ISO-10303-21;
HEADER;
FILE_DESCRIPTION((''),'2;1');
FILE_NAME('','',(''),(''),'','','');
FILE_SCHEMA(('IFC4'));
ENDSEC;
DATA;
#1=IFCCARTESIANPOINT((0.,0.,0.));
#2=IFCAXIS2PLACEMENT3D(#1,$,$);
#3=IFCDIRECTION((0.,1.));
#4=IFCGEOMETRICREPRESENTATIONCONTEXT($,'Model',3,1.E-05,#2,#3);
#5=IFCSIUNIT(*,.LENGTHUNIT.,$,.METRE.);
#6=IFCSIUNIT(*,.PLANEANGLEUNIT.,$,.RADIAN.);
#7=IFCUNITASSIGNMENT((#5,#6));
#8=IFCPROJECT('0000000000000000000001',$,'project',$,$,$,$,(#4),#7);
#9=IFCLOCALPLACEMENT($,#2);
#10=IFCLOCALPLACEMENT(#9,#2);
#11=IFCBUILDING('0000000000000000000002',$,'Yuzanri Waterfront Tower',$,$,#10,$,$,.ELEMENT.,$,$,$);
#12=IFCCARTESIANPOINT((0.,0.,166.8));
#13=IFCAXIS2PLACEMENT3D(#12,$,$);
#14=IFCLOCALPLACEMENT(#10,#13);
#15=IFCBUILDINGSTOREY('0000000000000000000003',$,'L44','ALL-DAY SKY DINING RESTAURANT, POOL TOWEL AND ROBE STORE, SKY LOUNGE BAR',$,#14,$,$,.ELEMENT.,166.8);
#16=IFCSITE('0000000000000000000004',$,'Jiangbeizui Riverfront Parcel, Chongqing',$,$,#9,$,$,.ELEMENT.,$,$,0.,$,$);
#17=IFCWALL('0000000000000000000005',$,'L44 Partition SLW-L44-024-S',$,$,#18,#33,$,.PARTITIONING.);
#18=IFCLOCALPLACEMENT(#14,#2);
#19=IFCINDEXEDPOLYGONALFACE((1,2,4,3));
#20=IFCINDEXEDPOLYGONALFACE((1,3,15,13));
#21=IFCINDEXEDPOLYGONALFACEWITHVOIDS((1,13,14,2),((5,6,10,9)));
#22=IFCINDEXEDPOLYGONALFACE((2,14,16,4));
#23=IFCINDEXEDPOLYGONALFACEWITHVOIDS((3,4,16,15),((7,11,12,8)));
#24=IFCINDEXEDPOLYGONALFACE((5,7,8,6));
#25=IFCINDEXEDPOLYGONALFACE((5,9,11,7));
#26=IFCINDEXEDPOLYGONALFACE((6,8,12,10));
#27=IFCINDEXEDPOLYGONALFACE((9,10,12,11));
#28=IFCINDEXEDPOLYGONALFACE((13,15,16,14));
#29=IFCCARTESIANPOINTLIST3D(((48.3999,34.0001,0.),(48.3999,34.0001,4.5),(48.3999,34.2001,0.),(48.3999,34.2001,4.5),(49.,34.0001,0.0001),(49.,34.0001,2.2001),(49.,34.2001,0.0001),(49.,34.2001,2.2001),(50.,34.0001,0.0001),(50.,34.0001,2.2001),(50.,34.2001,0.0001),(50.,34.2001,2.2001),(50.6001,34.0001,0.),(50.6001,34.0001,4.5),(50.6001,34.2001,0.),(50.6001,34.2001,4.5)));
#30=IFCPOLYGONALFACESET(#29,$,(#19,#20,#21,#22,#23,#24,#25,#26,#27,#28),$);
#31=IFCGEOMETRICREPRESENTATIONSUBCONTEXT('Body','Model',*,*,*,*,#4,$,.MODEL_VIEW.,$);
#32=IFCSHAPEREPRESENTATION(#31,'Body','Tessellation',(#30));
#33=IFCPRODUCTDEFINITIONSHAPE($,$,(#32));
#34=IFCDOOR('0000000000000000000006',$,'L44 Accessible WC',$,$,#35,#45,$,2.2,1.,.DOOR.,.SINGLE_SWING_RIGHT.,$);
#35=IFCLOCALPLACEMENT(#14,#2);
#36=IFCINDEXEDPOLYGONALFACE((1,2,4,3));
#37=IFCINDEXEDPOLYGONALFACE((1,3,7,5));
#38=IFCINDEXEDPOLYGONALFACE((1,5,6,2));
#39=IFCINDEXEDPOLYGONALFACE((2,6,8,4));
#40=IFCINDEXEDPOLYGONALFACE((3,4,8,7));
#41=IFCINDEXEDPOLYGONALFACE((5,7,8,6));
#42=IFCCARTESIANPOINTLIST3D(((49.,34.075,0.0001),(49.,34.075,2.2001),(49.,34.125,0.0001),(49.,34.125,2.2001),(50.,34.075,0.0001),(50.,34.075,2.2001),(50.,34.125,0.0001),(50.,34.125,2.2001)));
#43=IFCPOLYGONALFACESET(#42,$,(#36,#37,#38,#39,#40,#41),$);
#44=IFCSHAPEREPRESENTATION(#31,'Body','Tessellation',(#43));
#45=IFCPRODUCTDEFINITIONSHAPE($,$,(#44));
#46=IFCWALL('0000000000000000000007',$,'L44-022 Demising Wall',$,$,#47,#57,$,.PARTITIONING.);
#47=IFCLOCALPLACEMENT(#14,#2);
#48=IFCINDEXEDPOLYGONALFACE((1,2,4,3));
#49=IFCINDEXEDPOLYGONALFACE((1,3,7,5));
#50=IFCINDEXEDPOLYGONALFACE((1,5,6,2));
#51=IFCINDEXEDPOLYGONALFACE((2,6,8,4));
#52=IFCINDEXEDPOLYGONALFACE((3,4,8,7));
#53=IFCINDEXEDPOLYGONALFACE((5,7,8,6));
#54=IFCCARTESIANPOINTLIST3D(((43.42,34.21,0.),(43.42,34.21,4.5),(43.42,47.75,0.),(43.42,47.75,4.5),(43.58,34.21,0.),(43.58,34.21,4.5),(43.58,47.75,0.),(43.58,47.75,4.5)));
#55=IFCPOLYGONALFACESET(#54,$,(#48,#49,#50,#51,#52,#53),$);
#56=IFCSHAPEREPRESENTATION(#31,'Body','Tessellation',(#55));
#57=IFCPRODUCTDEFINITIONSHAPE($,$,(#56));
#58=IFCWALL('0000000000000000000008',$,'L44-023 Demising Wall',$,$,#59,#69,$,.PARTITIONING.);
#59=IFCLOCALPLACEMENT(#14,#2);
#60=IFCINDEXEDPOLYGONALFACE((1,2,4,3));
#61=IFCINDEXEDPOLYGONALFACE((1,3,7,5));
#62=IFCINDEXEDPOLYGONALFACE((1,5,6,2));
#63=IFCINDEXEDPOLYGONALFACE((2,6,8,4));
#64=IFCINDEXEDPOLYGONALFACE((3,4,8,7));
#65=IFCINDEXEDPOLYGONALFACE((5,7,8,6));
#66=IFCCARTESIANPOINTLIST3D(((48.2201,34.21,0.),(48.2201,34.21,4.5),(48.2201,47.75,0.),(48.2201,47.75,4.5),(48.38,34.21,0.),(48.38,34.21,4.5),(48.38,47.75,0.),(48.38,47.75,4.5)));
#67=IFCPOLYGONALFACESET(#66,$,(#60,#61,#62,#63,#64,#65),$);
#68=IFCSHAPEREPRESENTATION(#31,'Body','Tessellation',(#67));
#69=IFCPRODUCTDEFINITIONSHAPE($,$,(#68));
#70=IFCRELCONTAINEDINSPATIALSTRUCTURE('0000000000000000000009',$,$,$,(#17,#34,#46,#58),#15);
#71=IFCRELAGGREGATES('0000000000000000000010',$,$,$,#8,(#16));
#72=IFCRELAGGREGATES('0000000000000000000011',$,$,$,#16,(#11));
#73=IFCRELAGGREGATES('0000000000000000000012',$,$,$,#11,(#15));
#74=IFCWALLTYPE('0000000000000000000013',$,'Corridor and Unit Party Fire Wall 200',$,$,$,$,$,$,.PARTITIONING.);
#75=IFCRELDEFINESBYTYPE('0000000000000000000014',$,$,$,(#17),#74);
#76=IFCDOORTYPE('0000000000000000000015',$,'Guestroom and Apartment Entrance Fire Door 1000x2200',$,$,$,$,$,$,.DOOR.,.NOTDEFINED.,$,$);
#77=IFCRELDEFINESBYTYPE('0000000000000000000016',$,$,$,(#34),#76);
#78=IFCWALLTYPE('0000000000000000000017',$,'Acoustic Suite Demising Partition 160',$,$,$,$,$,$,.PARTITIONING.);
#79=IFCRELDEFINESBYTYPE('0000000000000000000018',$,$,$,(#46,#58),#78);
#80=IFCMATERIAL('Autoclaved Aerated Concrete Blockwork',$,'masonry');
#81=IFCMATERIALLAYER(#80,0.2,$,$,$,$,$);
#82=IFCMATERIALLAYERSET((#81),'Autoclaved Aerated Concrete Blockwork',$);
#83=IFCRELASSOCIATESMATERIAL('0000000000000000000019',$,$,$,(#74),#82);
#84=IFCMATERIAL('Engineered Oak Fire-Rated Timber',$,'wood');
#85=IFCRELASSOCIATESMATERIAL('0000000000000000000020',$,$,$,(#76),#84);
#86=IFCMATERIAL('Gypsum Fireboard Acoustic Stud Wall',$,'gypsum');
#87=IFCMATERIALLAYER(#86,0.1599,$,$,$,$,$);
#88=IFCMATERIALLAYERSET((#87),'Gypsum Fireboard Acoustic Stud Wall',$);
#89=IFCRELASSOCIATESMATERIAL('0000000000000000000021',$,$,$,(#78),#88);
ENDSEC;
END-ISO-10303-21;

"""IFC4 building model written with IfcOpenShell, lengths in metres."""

from ifc_helpers import new_model, si_unit, direction, frame, frame_2d, origin, place, context, subcontext, project, spatial, rectangle, extrude, source, transform, mapped, material, layer, layer_set, type_object, element, fill, save


model = new_model("IFC4")

# Units and contexts
model_context = context("Model", 3, precision=1e-05, world=origin(), true_north=direction((0.0, 1.0)))
body_context = subcontext(model_context, "Body", "Model", "MODEL_VIEW")
ifc_project = project(units=[si_unit("LENGTHUNIT", "METRE"), si_unit("PLANEANGLEUNIT", "RADIAN")], contexts=[model_context])

# Site, building, storey
site_placement = place(None, origin())
site = spatial("IfcSite", under=ifc_project, at=site_placement, Name="Jiangbeizui Riverfront Parcel, Chongqing", CompositionType="ELEMENT", RefElevation=0.0)
building_placement = place(site_placement, origin())
building = spatial("IfcBuilding", under=site, at=building_placement, Name="Yuzanri Waterfront Tower", CompositionType="ELEMENT")
storey_placement = place(building_placement, frame((0.0, 0.0, 166.8)))
storey = spatial("IfcBuildingStorey", under=building, at=storey_placement, Name="L44", Description="ALL-DAY SKY DINING RESTAURANT, POOL TOWEL AND ROBE STORE, SKY LOUNGE BAR", CompositionType="ELEMENT", Elevation=166.8)

# Wall, opening, door
ifc_material_1 = material(Name="Autoclaved Aerated Concrete Blockwork", Category="masonry")
ifc_layer_1 = layer(ifc_material_1, 0.2)
ifc_layer_set_1 = layer_set([ifc_layer_1], Name="Autoclaved Aerated Concrete Blockwork")
wall_type_1 = type_object("IfcWallType", Name="Corridor and Unit Party Fire Wall 200", PredefinedType="PARTITIONING", material=ifc_layer_set_1)
ifc_material_2 = material(Name="Engineered Oak Fire-Rated Timber", Category="wood")
door_type = type_object("IfcDoorType", Name="Guestroom and Apartment Entrance Fire Door 1000x2200", OperationType="NOTDEFINED", PredefinedType="DOOR", material=ifc_material_2)
shared_shape_1 = source(origin(), body_context, "Body", "SweptSolid", [
    extrude(rectangle(XDim=1.0, YDim=2.2, at=frame_2d((0.5, 1.1001))), frame((0.0, 0.0249, 0.0), z_axis=(0.0, -1.0, 0.0), x_axis=(1.0, 0.0, 0.0)), (0.0, 0.0, 1.0), 0.05),
])
wall_1_placement = place(storey_placement, frame((48.3999, 34.1001, 0.0), z_axis=(0.0, 0.0, 1.0), x_axis=(1.0, 0.0, 0.0)))
wall_1 = element("IfcWall", 1, at=wall_1_placement, inside=storey, type_object=wall_type_1, Name="L44 Partition SLW-L44-024-S", PredefinedType="PARTITIONING", context=body_context, shape_type="SweptSolid", body=[
    extrude(rectangle(XDim=2.2002, YDim=0.2, at=frame_2d((1.1001, 0.0))), origin(), (0.0, 0.0, 1.0), 4.5),
])
opening_1_placement = place(wall_1_placement, frame((0.6001, 0.0, 0.0)))
opening_1 = element("IfcOpeningElement", 2, at=opening_1_placement, cuts=wall_1, PredefinedType="OPENING", context=body_context, shape_type="SweptSolid", body=[
    extrude(rectangle(XDim=1.0, YDim=2.2, at=frame_2d((0.5, 1.1001))), frame((0.0, 0.1147, 0.0), z_axis=(0.0, -1.0, 0.0), x_axis=(1.0, 0.0, 0.0)), (0.0, 0.0, 1.0), 0.2297),
])
door_1_placement = place(opening_1_placement, origin())
door_1 = element("IfcDoor", 3, at=door_1_placement, inside=storey, type_object=door_type, Name="L44 Accessible WC", OperationType="SINGLE_SWING_RIGHT", OverallHeight=2.2, OverallWidth=1.0, PredefinedType="DOOR", context=body_context, shape_type="MappedRepresentation", body=[
    mapped(shared_shape_1, transform((0.0, 0.0, 0.0), scale=1.0)),
])
fill(opening_1, door_1)

# Walls
ifc_material_3 = material(Name="Gypsum Fireboard Acoustic Stud Wall", Category="gypsum")
ifc_layer_2 = layer(ifc_material_3, 0.1599)
ifc_layer_set_2 = layer_set([ifc_layer_2], Name="Gypsum Fireboard Acoustic Stud Wall")
wall_type_2 = type_object("IfcWallType", Name="Acoustic Suite Demising Partition 160", PredefinedType="PARTITIONING", material=ifc_layer_set_2)
shared_shape_2 = source(origin(), body_context, "Body", "SweptSolid", [
    extrude(rectangle(XDim=13.54, YDim=0.1599, at=frame_2d((6.77, 0.0))), origin(), (0.0, 0.0, 1.0), 4.5),
])
for number, where, z_axis, x_axis, name in (
    (4, (43.5, 34.21, 0.0), (0.0, 0.0, 1.0), (0.0, 1.0, 0.0), "L44-022 Demising Wall"),
    (5, (48.3, 34.21, 0.0), (0.0, 0.0, 1.0), (0.0, 1.0, 0.0), "L44-023 Demising Wall"),
):
    element("IfcWall", number, at=place(storey_placement, frame(where, z_axis=z_axis, x_axis=x_axis)), inside=storey, type_object=wall_type_2, Name=name, PredefinedType="PARTITIONING", context=body_context, shape_type="MappedRepresentation", body=[
        mapped(shared_shape_2, transform((0.0, 0.0, 0.0), scale=1.0)),
    ])

save(model, "model.ifc")
